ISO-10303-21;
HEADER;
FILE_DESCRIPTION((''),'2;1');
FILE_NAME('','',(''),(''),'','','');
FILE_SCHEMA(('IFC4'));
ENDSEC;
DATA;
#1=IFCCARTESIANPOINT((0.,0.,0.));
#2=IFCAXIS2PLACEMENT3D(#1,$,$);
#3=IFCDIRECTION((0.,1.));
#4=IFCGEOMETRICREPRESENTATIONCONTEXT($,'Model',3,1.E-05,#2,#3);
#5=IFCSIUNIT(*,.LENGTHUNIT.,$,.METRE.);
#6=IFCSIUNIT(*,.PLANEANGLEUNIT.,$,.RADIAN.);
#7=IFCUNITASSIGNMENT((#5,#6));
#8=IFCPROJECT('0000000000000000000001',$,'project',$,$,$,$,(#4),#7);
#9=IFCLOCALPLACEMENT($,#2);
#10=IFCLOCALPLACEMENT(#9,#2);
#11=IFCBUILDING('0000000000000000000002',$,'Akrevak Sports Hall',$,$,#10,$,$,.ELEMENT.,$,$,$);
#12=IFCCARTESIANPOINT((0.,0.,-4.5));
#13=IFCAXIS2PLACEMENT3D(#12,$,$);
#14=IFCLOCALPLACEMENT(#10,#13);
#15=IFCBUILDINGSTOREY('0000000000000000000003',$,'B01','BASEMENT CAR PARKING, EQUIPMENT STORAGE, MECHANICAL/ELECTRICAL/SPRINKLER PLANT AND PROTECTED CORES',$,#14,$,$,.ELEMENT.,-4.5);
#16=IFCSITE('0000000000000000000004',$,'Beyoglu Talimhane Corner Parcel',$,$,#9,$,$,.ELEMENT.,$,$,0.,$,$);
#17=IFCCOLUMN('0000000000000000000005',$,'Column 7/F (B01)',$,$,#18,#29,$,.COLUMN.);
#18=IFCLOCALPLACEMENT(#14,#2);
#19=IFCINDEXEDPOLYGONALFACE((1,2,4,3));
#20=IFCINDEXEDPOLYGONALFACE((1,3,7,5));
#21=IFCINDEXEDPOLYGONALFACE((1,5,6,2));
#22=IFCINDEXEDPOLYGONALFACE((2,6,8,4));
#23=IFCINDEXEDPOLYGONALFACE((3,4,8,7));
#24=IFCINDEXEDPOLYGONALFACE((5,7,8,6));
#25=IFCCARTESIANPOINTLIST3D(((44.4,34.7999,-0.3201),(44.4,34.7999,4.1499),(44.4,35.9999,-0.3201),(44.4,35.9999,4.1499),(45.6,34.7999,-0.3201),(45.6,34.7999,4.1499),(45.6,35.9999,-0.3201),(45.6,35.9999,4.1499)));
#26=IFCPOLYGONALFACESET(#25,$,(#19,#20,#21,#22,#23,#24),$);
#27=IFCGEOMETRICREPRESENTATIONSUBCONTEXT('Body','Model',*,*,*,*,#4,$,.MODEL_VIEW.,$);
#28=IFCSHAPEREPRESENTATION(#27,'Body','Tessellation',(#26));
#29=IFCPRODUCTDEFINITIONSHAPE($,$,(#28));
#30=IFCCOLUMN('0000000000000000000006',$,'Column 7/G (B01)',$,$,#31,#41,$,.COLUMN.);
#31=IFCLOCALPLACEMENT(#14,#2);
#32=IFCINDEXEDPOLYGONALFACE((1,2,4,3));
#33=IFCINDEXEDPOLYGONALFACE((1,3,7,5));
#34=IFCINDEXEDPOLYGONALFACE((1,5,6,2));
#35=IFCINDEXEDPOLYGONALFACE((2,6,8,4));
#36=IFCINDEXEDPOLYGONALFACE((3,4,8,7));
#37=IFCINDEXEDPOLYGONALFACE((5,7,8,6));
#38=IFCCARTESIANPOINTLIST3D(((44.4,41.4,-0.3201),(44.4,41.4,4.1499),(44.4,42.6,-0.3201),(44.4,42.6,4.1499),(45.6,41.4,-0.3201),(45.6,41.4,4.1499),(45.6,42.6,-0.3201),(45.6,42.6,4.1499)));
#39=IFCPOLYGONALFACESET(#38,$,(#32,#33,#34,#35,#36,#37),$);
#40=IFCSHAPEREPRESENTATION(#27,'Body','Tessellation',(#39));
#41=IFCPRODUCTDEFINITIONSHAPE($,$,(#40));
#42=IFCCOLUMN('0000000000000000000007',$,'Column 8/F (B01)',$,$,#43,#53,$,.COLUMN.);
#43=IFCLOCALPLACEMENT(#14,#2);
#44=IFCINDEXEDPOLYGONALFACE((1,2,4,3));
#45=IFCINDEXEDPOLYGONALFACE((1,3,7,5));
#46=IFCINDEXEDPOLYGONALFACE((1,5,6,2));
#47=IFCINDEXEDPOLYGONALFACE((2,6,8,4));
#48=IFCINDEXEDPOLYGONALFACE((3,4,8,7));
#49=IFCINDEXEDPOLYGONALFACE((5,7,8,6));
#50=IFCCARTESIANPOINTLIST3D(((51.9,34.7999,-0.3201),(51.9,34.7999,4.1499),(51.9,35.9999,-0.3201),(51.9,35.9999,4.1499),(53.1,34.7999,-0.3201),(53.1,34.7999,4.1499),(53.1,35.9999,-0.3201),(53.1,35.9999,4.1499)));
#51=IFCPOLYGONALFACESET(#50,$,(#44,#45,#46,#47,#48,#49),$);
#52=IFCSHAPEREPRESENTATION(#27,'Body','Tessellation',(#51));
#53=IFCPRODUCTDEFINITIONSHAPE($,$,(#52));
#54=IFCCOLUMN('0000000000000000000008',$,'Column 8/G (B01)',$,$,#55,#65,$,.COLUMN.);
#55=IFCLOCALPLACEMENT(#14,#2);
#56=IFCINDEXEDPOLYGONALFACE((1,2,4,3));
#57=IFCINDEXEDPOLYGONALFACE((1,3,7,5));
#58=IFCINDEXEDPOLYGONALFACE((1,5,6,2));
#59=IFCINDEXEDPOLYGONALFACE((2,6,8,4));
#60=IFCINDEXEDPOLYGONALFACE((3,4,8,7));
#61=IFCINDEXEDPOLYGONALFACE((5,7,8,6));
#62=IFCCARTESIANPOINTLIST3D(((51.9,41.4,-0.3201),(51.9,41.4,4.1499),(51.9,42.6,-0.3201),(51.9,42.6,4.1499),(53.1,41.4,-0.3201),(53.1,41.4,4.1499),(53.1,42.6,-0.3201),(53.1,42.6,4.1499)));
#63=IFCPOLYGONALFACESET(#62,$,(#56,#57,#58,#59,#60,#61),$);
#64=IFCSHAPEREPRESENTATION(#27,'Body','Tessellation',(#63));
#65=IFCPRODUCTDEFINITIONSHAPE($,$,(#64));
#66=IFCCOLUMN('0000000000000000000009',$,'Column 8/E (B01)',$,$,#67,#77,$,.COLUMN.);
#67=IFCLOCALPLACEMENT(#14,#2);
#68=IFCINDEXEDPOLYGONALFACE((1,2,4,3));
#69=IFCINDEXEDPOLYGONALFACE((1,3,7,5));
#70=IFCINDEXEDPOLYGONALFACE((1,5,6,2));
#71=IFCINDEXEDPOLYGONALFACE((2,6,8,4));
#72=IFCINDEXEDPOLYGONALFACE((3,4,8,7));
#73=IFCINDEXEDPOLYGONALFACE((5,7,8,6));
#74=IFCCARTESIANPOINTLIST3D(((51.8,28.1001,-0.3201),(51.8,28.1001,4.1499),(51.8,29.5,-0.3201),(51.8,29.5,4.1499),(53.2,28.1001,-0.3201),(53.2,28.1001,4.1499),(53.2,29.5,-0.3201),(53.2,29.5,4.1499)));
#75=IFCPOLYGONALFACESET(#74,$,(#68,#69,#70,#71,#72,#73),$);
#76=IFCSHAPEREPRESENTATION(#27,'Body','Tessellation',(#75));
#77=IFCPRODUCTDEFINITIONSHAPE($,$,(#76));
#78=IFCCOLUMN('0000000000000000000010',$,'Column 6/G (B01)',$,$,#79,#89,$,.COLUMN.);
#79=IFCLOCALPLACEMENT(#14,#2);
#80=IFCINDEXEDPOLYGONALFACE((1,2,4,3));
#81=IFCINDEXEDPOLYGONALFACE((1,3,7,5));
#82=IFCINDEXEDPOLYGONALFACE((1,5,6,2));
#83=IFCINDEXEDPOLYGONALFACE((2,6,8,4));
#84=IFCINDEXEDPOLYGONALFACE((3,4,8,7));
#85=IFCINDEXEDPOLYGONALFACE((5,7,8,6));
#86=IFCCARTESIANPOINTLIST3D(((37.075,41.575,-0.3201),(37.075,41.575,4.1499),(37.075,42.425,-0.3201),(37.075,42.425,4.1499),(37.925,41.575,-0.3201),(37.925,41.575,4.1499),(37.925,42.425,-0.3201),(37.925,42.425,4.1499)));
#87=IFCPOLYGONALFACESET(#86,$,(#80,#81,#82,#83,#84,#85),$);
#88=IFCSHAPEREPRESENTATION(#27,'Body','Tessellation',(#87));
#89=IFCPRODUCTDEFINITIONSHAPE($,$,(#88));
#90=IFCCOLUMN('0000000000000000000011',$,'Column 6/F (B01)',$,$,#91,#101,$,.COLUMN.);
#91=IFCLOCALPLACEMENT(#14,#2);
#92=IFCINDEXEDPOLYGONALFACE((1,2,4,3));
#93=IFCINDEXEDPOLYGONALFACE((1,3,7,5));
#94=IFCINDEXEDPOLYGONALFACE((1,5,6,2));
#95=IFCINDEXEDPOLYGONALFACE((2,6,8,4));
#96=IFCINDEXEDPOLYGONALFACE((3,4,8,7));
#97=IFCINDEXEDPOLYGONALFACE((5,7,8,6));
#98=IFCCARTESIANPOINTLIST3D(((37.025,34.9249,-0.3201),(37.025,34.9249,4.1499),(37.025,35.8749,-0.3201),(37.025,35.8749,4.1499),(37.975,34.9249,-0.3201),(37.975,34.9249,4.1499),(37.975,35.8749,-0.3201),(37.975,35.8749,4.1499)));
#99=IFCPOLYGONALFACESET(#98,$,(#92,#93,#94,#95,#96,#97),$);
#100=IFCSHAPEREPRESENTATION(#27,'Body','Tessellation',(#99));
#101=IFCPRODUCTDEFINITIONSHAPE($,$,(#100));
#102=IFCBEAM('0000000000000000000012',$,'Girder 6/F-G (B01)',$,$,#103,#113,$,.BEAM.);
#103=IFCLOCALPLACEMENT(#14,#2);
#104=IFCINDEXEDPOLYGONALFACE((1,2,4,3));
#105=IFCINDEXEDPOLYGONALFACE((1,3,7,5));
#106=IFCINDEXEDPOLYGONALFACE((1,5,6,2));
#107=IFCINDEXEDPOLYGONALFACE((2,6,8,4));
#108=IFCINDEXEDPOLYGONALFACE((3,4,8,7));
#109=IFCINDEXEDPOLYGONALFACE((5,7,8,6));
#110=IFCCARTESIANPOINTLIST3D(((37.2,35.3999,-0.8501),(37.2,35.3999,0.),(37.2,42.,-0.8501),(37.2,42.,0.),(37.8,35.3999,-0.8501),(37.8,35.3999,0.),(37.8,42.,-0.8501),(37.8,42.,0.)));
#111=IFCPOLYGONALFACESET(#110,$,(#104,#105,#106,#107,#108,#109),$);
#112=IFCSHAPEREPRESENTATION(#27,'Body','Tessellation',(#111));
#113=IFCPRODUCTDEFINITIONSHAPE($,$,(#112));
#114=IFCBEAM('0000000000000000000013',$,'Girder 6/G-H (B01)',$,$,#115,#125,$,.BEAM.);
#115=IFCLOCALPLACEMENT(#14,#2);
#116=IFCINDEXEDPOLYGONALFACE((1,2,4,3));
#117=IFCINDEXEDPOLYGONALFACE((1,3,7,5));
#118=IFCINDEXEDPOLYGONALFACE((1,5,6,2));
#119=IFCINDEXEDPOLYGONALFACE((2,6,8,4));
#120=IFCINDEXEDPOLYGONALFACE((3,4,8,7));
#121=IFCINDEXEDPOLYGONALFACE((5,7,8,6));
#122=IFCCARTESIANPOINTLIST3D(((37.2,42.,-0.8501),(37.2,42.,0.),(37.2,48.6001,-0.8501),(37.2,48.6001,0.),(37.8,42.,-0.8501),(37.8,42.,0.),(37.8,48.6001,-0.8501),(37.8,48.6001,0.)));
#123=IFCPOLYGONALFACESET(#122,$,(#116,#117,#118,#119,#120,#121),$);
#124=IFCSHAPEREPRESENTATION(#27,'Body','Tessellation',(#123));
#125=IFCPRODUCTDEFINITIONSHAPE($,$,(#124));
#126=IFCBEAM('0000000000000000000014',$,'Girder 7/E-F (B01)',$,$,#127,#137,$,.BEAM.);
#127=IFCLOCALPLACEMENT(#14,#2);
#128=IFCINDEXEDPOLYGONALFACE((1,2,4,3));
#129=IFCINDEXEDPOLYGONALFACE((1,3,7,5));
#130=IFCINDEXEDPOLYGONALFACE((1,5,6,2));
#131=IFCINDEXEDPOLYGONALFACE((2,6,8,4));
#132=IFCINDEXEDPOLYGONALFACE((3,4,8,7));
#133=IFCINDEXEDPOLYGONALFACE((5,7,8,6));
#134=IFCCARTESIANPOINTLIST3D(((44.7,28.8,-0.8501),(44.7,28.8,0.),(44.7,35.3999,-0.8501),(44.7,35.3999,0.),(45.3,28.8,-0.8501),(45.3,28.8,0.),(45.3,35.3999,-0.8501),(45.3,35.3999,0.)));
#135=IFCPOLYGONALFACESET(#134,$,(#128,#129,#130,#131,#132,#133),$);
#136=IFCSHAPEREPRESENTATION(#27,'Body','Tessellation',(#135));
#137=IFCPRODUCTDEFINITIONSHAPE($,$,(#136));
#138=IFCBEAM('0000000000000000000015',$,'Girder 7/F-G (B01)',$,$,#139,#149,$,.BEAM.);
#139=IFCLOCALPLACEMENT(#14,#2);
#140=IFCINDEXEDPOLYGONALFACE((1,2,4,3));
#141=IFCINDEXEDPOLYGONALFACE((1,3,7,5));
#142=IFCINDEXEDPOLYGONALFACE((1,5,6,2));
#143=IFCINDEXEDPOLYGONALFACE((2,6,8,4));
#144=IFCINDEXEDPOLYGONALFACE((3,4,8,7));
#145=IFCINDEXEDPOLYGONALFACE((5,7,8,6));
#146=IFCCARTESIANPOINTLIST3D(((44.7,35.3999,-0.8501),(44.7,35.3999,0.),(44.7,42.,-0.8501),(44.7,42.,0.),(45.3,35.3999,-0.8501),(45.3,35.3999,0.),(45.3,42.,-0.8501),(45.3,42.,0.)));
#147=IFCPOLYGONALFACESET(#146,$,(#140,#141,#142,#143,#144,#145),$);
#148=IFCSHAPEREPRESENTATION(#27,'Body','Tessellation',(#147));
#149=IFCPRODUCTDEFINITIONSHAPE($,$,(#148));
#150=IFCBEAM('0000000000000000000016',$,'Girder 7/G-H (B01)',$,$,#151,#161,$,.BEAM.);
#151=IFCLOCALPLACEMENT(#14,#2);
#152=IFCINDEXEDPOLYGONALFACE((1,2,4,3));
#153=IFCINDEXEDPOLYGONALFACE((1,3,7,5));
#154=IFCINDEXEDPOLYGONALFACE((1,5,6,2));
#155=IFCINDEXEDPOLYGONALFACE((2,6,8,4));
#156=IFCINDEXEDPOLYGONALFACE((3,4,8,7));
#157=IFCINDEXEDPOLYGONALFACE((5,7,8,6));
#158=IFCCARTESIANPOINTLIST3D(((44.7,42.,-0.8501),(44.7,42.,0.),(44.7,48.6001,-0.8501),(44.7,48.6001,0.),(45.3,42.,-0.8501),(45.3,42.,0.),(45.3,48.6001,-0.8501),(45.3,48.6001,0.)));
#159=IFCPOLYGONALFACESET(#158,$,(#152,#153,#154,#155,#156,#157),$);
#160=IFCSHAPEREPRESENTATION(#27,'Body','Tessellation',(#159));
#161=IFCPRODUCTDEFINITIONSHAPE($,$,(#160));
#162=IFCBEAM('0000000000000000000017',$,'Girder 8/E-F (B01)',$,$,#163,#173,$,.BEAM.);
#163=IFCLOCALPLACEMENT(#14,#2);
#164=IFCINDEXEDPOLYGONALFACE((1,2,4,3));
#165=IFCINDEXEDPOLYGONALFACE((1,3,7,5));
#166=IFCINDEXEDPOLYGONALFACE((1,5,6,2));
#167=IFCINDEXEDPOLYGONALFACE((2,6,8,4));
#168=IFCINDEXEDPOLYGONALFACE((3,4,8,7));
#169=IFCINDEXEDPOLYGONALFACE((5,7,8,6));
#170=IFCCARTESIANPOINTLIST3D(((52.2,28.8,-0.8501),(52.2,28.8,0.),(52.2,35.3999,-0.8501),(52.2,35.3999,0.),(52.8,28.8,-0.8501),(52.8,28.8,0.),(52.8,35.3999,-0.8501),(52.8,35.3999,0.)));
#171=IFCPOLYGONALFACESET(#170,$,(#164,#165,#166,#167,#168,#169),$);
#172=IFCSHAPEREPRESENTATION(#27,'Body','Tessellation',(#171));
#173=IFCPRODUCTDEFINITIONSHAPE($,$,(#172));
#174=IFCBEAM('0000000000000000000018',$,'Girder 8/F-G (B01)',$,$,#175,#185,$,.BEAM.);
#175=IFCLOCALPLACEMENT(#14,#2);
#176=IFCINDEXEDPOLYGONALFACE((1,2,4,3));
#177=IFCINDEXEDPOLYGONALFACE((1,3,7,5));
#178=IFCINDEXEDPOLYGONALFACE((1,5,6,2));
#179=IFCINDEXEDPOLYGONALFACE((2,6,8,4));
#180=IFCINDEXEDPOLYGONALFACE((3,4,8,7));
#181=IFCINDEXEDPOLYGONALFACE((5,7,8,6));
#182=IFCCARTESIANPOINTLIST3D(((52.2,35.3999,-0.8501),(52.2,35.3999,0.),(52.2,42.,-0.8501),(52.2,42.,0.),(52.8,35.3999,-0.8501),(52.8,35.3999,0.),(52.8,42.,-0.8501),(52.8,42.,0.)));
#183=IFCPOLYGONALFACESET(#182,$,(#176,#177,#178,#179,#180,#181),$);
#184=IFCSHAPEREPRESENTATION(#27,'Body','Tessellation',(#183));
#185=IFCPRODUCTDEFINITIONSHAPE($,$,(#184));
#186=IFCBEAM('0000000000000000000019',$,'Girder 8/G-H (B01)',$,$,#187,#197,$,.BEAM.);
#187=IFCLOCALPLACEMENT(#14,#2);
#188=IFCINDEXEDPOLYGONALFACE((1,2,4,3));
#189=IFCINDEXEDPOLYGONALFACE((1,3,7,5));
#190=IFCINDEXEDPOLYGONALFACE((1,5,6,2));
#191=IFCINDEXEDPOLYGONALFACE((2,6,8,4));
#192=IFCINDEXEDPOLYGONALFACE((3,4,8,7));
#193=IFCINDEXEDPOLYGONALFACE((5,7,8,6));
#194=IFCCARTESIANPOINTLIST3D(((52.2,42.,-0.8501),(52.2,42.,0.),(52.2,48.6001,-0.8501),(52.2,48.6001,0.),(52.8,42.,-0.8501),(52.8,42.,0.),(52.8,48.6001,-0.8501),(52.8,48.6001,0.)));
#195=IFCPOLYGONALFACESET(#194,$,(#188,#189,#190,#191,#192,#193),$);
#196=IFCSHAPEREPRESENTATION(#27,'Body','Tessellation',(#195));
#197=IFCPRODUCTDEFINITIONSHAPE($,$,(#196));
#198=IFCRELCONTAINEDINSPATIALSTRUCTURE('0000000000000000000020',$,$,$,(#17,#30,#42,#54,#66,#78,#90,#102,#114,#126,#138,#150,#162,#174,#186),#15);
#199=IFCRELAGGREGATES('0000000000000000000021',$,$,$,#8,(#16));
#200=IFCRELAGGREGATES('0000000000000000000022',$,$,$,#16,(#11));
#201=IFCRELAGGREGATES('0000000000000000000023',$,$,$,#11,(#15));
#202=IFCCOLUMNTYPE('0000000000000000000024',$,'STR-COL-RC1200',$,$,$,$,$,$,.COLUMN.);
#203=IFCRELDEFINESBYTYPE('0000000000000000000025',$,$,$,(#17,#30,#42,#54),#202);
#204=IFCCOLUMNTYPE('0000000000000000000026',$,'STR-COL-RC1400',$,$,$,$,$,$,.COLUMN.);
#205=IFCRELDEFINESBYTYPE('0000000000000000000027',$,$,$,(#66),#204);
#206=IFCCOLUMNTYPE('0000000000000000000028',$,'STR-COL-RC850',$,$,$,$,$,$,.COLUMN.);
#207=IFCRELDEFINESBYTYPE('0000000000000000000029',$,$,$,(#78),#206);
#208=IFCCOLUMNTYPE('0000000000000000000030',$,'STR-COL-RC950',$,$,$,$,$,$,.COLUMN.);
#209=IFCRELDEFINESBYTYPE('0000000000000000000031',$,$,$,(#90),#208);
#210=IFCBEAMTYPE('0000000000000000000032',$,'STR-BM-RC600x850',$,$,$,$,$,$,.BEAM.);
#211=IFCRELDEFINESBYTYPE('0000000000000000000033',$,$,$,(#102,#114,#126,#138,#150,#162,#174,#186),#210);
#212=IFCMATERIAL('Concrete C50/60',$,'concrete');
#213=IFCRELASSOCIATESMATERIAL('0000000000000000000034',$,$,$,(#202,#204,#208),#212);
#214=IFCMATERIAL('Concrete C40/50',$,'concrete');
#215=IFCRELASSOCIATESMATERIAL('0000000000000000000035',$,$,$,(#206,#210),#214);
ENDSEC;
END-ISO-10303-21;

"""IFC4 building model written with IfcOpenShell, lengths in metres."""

from ifc_helpers import new_model, si_unit, direction, frame, origin, origin_2d, place, context, subcontext, project, spatial, rectangle, extrude, material, material_profile, profile_set, type_object, element, save


model = new_model("IFC4")

# Units and contexts
model_context = context("Model", 3, precision=1e-05, world=origin(), true_north=direction((0.0, 1.0)))
body_context = subcontext(model_context, "Body", "Model", "MODEL_VIEW")
ifc_project = project(units=[si_unit("LENGTHUNIT", "METRE"), si_unit("PLANEANGLEUNIT", "RADIAN")], contexts=[model_context])

# Site, building, storey
site_placement = place(None, origin())
site = spatial("IfcSite", under=ifc_project, at=site_placement, Name="Beyoglu Talimhane Corner Parcel", CompositionType="ELEMENT", RefElevation=0.0)
building_placement = place(site_placement, origin())
building = spatial("IfcBuilding", under=site, at=building_placement, Name="Akrevak Sports Hall", CompositionType="ELEMENT")
storey_placement = place(building_placement, frame((0.0, 0.0, -4.5)))
storey = spatial("IfcBuildingStorey", under=building, at=storey_placement, Name="B01", Description="BASEMENT CAR PARKING, EQUIPMENT STORAGE, MECHANICAL/ELECTRICAL/SPRINKLER PLANT AND PROTECTED CORES", CompositionType="ELEMENT", Elevation=-4.5)

# Columns
ifc_material_1 = material(Name="Concrete C50/60", Category="concrete")
ifc_material_profile_1 = material_profile(ifc_material_1, rectangle(XDim=1.2, YDim=1.2, at=origin_2d()), Name="RC 1200x1200", Category="concrete")
ifc_profile_set_1 = profile_set([ifc_material_profile_1], Name="Concrete C50/60")
column_type_1 = type_object("IfcColumnType", Name="STR-COL-RC1200", PredefinedType="COLUMN", material=ifc_profile_set_1)
for number, where, z_axis, x_axis, name in (
    (1, (45.0, 35.3999, -0.3201), (0.0, 0.0, 1.0), (1.0, 0.0, 0.0), "Column 7/F (B01)"),
    (2, (45.0, 42.0, -0.3201), (0.0, 0.0, 1.0), (1.0, 0.0, 0.0), "Column 7/G (B01)"),
    (3, (52.5, 35.3999, -0.3201), (0.0, 0.0, 1.0), (1.0, 0.0, 0.0), "Column 8/F (B01)"),
    (4, (52.5, 42.0, -0.3201), (0.0, 0.0, 1.0), (1.0, 0.0, 0.0), "Column 8/G (B01)"),
):
    element("IfcColumn", number, at=place(storey_placement, frame(where, z_axis=z_axis, x_axis=x_axis)), inside=storey, type_object=column_type_1, Name=name, PredefinedType="COLUMN", context=body_context, shape_type="SweptSolid", body=[
        extrude(rectangle(XDim=1.2, YDim=1.2, at=origin_2d()), origin(), (0.0, 0.0, 1.0), 4.47),
    ])
ifc_material_profile_2 = material_profile(ifc_material_1, rectangle(XDim=1.3999, YDim=1.3999, at=origin_2d()), Name="RC 1400x1400", Category="concrete")
ifc_profile_set_2 = profile_set([ifc_material_profile_2], Name="Concrete C50/60")
column_type_2 = type_object("IfcColumnType", Name="STR-COL-RC1400", PredefinedType="COLUMN", material=ifc_profile_set_2)
column_1_placement = place(storey_placement, frame((52.5, 28.8, -0.3201), z_axis=(0.0, 0.0, 1.0), x_axis=(1.0, 0.0, 0.0)))
element("IfcColumn", 5, at=column_1_placement, inside=storey, type_object=column_type_2, Name="Column 8/E (B01)", PredefinedType="COLUMN", context=body_context, shape_type="SweptSolid", body=[
    extrude(rectangle(XDim=1.3999, YDim=1.3999, at=origin_2d()), origin(), (0.0, 0.0, 1.0), 4.47),
])
ifc_material_2 = material(Name="Concrete C40/50", Category="concrete")
ifc_material_profile_3 = material_profile(ifc_material_2, rectangle(XDim=0.8501, YDim=0.8501, at=origin_2d()), Name="RC 850x850", Category="concrete")
ifc_profile_set_3 = profile_set([ifc_material_profile_3], Name="Concrete C40/50")
column_type_3 = type_object("IfcColumnType", Name="STR-COL-RC850", PredefinedType="COLUMN", material=ifc_profile_set_3)
column_2_placement = place(storey_placement, frame((37.5, 42.0, -0.3201), z_axis=(0.0, 0.0, 1.0), x_axis=(1.0, 0.0, 0.0)))
element("IfcColumn", 6, at=column_2_placement, inside=storey, type_object=column_type_3, Name="Column 6/G (B01)", PredefinedType="COLUMN", context=body_context, shape_type="SweptSolid", body=[
    extrude(rectangle(XDim=0.8501, YDim=0.8501, at=origin_2d()), origin(), (0.0, 0.0, 1.0), 4.47),
])
ifc_material_profile_4 = material_profile(ifc_material_1, rectangle(XDim=0.95, YDim=0.95, at=origin_2d()), Name="RC 950x950", Category="concrete")
ifc_profile_set_4 = profile_set([ifc_material_profile_4], Name="Concrete C50/60")
column_type_4 = type_object("IfcColumnType", Name="STR-COL-RC950", PredefinedType="COLUMN", material=ifc_profile_set_4)
column_3_placement = place(storey_placement, frame((37.5, 35.3999, -0.3201), z_axis=(0.0, 0.0, 1.0), x_axis=(1.0, 0.0, 0.0)))
element("IfcColumn", 7, at=column_3_placement, inside=storey, type_object=column_type_4, Name="Column 6/F (B01)", PredefinedType="COLUMN", context=body_context, shape_type="SweptSolid", body=[
    extrude(rectangle(XDim=0.95, YDim=0.95, at=origin_2d()), origin(), (0.0, 0.0, 1.0), 4.47),
])

# Beams
ifc_material_profile_5 = material_profile(ifc_material_2, rectangle(XDim=0.6001, YDim=0.8501, at=origin_2d()), Name="BM 600x850", Category="concrete")
ifc_profile_set_5 = profile_set([ifc_material_profile_5], Name="Concrete C40/50")
beam_type_1 = type_object("IfcBeamType", Name="STR-BM-RC600x850", PredefinedType="BEAM", material=ifc_profile_set_5)
for number, where, z_axis, x_axis, name in (
    (8, (37.5, 35.3999, -0.425), (0.0, 1.0, 0.0), (-1.0, 0.0, 0.0), "Girder 6/F-G (B01)"),
    (9, (37.5, 42.0, -0.425), (0.0, 1.0, 0.0), (-1.0, 0.0, 0.0), "Girder 6/G-H (B01)"),
):
    element("IfcBeam", number, at=place(storey_placement, frame(where, z_axis=z_axis, x_axis=x_axis)), inside=storey, type_object=beam_type_1, Name=name, PredefinedType="BEAM", context=body_context, shape_type="SweptSolid", body=[
        extrude(rectangle(XDim=0.6001, YDim=0.8501, at=origin_2d()), origin(), (0.0, 0.0, 1.0), 6.6001),
    ])
beam_1_placement = place(storey_placement, frame((45.0, 28.8, -0.425), z_axis=(0.0, 1.0, 0.0), x_axis=(-1.0, 0.0, 0.0)))
element("IfcBeam", 10, at=beam_1_placement, inside=storey, type_object=beam_type_1, Name="Girder 7/E-F (B01)", PredefinedType="BEAM", context=body_context, shape_type="SweptSolid", body=[
    extrude(rectangle(XDim=0.6001, YDim=0.8501, at=origin_2d()), origin(), (0.0, 0.0, 1.0), 6.5999),
])
for number, where, z_axis, x_axis, name in (
    (11, (45.0, 35.3999, -0.425), (0.0, 1.0, 0.0), (-1.0, 0.0, 0.0), "Girder 7/F-G (B01)"),
    (12, (45.0, 42.0, -0.425), (0.0, 1.0, 0.0), (-1.0, 0.0, 0.0), "Girder 7/G-H (B01)"),
):
    element("IfcBeam", number, at=place(storey_placement, frame(where, z_axis=z_axis, x_axis=x_axis)), inside=storey, type_object=beam_type_1, Name=name, PredefinedType="BEAM", context=body_context, shape_type="SweptSolid", body=[
        extrude(rectangle(XDim=0.6001, YDim=0.8501, at=origin_2d()), origin(), (0.0, 0.0, 1.0), 6.6001),
    ])
beam_2_placement = place(storey_placement, frame((52.5, 28.8, -0.425), z_axis=(0.0, 1.0, 0.0), x_axis=(-1.0, 0.0, 0.0)))
element("IfcBeam", 13, at=beam_2_placement, inside=storey, type_object=beam_type_1, Name="Girder 8/E-F (B01)", PredefinedType="BEAM", context=body_context, shape_type="SweptSolid", body=[
    extrude(rectangle(XDim=0.6001, YDim=0.8501, at=origin_2d()), origin(), (0.0, 0.0, 1.0), 6.5999),
])
for number, where, z_axis, x_axis, name in (
    (14, (52.5, 35.3999, -0.425), (0.0, 1.0, 0.0), (-1.0, 0.0, 0.0), "Girder 8/F-G (B01)"),
    (15, (52.5, 42.0, -0.425), (0.0, 1.0, 0.0), (-1.0, 0.0, 0.0), "Girder 8/G-H (B01)"),
):
    element("IfcBeam", number, at=place(storey_placement, frame(where, z_axis=z_axis, x_axis=x_axis)), inside=storey, type_object=beam_type_1, Name=name, PredefinedType="BEAM", context=body_context, shape_type="SweptSolid", body=[
        extrude(rectangle(XDim=0.6001, YDim=0.8501, at=origin_2d()), origin(), (0.0, 0.0, 1.0), 6.6001),
    ])

save(model, "model.ifc")
